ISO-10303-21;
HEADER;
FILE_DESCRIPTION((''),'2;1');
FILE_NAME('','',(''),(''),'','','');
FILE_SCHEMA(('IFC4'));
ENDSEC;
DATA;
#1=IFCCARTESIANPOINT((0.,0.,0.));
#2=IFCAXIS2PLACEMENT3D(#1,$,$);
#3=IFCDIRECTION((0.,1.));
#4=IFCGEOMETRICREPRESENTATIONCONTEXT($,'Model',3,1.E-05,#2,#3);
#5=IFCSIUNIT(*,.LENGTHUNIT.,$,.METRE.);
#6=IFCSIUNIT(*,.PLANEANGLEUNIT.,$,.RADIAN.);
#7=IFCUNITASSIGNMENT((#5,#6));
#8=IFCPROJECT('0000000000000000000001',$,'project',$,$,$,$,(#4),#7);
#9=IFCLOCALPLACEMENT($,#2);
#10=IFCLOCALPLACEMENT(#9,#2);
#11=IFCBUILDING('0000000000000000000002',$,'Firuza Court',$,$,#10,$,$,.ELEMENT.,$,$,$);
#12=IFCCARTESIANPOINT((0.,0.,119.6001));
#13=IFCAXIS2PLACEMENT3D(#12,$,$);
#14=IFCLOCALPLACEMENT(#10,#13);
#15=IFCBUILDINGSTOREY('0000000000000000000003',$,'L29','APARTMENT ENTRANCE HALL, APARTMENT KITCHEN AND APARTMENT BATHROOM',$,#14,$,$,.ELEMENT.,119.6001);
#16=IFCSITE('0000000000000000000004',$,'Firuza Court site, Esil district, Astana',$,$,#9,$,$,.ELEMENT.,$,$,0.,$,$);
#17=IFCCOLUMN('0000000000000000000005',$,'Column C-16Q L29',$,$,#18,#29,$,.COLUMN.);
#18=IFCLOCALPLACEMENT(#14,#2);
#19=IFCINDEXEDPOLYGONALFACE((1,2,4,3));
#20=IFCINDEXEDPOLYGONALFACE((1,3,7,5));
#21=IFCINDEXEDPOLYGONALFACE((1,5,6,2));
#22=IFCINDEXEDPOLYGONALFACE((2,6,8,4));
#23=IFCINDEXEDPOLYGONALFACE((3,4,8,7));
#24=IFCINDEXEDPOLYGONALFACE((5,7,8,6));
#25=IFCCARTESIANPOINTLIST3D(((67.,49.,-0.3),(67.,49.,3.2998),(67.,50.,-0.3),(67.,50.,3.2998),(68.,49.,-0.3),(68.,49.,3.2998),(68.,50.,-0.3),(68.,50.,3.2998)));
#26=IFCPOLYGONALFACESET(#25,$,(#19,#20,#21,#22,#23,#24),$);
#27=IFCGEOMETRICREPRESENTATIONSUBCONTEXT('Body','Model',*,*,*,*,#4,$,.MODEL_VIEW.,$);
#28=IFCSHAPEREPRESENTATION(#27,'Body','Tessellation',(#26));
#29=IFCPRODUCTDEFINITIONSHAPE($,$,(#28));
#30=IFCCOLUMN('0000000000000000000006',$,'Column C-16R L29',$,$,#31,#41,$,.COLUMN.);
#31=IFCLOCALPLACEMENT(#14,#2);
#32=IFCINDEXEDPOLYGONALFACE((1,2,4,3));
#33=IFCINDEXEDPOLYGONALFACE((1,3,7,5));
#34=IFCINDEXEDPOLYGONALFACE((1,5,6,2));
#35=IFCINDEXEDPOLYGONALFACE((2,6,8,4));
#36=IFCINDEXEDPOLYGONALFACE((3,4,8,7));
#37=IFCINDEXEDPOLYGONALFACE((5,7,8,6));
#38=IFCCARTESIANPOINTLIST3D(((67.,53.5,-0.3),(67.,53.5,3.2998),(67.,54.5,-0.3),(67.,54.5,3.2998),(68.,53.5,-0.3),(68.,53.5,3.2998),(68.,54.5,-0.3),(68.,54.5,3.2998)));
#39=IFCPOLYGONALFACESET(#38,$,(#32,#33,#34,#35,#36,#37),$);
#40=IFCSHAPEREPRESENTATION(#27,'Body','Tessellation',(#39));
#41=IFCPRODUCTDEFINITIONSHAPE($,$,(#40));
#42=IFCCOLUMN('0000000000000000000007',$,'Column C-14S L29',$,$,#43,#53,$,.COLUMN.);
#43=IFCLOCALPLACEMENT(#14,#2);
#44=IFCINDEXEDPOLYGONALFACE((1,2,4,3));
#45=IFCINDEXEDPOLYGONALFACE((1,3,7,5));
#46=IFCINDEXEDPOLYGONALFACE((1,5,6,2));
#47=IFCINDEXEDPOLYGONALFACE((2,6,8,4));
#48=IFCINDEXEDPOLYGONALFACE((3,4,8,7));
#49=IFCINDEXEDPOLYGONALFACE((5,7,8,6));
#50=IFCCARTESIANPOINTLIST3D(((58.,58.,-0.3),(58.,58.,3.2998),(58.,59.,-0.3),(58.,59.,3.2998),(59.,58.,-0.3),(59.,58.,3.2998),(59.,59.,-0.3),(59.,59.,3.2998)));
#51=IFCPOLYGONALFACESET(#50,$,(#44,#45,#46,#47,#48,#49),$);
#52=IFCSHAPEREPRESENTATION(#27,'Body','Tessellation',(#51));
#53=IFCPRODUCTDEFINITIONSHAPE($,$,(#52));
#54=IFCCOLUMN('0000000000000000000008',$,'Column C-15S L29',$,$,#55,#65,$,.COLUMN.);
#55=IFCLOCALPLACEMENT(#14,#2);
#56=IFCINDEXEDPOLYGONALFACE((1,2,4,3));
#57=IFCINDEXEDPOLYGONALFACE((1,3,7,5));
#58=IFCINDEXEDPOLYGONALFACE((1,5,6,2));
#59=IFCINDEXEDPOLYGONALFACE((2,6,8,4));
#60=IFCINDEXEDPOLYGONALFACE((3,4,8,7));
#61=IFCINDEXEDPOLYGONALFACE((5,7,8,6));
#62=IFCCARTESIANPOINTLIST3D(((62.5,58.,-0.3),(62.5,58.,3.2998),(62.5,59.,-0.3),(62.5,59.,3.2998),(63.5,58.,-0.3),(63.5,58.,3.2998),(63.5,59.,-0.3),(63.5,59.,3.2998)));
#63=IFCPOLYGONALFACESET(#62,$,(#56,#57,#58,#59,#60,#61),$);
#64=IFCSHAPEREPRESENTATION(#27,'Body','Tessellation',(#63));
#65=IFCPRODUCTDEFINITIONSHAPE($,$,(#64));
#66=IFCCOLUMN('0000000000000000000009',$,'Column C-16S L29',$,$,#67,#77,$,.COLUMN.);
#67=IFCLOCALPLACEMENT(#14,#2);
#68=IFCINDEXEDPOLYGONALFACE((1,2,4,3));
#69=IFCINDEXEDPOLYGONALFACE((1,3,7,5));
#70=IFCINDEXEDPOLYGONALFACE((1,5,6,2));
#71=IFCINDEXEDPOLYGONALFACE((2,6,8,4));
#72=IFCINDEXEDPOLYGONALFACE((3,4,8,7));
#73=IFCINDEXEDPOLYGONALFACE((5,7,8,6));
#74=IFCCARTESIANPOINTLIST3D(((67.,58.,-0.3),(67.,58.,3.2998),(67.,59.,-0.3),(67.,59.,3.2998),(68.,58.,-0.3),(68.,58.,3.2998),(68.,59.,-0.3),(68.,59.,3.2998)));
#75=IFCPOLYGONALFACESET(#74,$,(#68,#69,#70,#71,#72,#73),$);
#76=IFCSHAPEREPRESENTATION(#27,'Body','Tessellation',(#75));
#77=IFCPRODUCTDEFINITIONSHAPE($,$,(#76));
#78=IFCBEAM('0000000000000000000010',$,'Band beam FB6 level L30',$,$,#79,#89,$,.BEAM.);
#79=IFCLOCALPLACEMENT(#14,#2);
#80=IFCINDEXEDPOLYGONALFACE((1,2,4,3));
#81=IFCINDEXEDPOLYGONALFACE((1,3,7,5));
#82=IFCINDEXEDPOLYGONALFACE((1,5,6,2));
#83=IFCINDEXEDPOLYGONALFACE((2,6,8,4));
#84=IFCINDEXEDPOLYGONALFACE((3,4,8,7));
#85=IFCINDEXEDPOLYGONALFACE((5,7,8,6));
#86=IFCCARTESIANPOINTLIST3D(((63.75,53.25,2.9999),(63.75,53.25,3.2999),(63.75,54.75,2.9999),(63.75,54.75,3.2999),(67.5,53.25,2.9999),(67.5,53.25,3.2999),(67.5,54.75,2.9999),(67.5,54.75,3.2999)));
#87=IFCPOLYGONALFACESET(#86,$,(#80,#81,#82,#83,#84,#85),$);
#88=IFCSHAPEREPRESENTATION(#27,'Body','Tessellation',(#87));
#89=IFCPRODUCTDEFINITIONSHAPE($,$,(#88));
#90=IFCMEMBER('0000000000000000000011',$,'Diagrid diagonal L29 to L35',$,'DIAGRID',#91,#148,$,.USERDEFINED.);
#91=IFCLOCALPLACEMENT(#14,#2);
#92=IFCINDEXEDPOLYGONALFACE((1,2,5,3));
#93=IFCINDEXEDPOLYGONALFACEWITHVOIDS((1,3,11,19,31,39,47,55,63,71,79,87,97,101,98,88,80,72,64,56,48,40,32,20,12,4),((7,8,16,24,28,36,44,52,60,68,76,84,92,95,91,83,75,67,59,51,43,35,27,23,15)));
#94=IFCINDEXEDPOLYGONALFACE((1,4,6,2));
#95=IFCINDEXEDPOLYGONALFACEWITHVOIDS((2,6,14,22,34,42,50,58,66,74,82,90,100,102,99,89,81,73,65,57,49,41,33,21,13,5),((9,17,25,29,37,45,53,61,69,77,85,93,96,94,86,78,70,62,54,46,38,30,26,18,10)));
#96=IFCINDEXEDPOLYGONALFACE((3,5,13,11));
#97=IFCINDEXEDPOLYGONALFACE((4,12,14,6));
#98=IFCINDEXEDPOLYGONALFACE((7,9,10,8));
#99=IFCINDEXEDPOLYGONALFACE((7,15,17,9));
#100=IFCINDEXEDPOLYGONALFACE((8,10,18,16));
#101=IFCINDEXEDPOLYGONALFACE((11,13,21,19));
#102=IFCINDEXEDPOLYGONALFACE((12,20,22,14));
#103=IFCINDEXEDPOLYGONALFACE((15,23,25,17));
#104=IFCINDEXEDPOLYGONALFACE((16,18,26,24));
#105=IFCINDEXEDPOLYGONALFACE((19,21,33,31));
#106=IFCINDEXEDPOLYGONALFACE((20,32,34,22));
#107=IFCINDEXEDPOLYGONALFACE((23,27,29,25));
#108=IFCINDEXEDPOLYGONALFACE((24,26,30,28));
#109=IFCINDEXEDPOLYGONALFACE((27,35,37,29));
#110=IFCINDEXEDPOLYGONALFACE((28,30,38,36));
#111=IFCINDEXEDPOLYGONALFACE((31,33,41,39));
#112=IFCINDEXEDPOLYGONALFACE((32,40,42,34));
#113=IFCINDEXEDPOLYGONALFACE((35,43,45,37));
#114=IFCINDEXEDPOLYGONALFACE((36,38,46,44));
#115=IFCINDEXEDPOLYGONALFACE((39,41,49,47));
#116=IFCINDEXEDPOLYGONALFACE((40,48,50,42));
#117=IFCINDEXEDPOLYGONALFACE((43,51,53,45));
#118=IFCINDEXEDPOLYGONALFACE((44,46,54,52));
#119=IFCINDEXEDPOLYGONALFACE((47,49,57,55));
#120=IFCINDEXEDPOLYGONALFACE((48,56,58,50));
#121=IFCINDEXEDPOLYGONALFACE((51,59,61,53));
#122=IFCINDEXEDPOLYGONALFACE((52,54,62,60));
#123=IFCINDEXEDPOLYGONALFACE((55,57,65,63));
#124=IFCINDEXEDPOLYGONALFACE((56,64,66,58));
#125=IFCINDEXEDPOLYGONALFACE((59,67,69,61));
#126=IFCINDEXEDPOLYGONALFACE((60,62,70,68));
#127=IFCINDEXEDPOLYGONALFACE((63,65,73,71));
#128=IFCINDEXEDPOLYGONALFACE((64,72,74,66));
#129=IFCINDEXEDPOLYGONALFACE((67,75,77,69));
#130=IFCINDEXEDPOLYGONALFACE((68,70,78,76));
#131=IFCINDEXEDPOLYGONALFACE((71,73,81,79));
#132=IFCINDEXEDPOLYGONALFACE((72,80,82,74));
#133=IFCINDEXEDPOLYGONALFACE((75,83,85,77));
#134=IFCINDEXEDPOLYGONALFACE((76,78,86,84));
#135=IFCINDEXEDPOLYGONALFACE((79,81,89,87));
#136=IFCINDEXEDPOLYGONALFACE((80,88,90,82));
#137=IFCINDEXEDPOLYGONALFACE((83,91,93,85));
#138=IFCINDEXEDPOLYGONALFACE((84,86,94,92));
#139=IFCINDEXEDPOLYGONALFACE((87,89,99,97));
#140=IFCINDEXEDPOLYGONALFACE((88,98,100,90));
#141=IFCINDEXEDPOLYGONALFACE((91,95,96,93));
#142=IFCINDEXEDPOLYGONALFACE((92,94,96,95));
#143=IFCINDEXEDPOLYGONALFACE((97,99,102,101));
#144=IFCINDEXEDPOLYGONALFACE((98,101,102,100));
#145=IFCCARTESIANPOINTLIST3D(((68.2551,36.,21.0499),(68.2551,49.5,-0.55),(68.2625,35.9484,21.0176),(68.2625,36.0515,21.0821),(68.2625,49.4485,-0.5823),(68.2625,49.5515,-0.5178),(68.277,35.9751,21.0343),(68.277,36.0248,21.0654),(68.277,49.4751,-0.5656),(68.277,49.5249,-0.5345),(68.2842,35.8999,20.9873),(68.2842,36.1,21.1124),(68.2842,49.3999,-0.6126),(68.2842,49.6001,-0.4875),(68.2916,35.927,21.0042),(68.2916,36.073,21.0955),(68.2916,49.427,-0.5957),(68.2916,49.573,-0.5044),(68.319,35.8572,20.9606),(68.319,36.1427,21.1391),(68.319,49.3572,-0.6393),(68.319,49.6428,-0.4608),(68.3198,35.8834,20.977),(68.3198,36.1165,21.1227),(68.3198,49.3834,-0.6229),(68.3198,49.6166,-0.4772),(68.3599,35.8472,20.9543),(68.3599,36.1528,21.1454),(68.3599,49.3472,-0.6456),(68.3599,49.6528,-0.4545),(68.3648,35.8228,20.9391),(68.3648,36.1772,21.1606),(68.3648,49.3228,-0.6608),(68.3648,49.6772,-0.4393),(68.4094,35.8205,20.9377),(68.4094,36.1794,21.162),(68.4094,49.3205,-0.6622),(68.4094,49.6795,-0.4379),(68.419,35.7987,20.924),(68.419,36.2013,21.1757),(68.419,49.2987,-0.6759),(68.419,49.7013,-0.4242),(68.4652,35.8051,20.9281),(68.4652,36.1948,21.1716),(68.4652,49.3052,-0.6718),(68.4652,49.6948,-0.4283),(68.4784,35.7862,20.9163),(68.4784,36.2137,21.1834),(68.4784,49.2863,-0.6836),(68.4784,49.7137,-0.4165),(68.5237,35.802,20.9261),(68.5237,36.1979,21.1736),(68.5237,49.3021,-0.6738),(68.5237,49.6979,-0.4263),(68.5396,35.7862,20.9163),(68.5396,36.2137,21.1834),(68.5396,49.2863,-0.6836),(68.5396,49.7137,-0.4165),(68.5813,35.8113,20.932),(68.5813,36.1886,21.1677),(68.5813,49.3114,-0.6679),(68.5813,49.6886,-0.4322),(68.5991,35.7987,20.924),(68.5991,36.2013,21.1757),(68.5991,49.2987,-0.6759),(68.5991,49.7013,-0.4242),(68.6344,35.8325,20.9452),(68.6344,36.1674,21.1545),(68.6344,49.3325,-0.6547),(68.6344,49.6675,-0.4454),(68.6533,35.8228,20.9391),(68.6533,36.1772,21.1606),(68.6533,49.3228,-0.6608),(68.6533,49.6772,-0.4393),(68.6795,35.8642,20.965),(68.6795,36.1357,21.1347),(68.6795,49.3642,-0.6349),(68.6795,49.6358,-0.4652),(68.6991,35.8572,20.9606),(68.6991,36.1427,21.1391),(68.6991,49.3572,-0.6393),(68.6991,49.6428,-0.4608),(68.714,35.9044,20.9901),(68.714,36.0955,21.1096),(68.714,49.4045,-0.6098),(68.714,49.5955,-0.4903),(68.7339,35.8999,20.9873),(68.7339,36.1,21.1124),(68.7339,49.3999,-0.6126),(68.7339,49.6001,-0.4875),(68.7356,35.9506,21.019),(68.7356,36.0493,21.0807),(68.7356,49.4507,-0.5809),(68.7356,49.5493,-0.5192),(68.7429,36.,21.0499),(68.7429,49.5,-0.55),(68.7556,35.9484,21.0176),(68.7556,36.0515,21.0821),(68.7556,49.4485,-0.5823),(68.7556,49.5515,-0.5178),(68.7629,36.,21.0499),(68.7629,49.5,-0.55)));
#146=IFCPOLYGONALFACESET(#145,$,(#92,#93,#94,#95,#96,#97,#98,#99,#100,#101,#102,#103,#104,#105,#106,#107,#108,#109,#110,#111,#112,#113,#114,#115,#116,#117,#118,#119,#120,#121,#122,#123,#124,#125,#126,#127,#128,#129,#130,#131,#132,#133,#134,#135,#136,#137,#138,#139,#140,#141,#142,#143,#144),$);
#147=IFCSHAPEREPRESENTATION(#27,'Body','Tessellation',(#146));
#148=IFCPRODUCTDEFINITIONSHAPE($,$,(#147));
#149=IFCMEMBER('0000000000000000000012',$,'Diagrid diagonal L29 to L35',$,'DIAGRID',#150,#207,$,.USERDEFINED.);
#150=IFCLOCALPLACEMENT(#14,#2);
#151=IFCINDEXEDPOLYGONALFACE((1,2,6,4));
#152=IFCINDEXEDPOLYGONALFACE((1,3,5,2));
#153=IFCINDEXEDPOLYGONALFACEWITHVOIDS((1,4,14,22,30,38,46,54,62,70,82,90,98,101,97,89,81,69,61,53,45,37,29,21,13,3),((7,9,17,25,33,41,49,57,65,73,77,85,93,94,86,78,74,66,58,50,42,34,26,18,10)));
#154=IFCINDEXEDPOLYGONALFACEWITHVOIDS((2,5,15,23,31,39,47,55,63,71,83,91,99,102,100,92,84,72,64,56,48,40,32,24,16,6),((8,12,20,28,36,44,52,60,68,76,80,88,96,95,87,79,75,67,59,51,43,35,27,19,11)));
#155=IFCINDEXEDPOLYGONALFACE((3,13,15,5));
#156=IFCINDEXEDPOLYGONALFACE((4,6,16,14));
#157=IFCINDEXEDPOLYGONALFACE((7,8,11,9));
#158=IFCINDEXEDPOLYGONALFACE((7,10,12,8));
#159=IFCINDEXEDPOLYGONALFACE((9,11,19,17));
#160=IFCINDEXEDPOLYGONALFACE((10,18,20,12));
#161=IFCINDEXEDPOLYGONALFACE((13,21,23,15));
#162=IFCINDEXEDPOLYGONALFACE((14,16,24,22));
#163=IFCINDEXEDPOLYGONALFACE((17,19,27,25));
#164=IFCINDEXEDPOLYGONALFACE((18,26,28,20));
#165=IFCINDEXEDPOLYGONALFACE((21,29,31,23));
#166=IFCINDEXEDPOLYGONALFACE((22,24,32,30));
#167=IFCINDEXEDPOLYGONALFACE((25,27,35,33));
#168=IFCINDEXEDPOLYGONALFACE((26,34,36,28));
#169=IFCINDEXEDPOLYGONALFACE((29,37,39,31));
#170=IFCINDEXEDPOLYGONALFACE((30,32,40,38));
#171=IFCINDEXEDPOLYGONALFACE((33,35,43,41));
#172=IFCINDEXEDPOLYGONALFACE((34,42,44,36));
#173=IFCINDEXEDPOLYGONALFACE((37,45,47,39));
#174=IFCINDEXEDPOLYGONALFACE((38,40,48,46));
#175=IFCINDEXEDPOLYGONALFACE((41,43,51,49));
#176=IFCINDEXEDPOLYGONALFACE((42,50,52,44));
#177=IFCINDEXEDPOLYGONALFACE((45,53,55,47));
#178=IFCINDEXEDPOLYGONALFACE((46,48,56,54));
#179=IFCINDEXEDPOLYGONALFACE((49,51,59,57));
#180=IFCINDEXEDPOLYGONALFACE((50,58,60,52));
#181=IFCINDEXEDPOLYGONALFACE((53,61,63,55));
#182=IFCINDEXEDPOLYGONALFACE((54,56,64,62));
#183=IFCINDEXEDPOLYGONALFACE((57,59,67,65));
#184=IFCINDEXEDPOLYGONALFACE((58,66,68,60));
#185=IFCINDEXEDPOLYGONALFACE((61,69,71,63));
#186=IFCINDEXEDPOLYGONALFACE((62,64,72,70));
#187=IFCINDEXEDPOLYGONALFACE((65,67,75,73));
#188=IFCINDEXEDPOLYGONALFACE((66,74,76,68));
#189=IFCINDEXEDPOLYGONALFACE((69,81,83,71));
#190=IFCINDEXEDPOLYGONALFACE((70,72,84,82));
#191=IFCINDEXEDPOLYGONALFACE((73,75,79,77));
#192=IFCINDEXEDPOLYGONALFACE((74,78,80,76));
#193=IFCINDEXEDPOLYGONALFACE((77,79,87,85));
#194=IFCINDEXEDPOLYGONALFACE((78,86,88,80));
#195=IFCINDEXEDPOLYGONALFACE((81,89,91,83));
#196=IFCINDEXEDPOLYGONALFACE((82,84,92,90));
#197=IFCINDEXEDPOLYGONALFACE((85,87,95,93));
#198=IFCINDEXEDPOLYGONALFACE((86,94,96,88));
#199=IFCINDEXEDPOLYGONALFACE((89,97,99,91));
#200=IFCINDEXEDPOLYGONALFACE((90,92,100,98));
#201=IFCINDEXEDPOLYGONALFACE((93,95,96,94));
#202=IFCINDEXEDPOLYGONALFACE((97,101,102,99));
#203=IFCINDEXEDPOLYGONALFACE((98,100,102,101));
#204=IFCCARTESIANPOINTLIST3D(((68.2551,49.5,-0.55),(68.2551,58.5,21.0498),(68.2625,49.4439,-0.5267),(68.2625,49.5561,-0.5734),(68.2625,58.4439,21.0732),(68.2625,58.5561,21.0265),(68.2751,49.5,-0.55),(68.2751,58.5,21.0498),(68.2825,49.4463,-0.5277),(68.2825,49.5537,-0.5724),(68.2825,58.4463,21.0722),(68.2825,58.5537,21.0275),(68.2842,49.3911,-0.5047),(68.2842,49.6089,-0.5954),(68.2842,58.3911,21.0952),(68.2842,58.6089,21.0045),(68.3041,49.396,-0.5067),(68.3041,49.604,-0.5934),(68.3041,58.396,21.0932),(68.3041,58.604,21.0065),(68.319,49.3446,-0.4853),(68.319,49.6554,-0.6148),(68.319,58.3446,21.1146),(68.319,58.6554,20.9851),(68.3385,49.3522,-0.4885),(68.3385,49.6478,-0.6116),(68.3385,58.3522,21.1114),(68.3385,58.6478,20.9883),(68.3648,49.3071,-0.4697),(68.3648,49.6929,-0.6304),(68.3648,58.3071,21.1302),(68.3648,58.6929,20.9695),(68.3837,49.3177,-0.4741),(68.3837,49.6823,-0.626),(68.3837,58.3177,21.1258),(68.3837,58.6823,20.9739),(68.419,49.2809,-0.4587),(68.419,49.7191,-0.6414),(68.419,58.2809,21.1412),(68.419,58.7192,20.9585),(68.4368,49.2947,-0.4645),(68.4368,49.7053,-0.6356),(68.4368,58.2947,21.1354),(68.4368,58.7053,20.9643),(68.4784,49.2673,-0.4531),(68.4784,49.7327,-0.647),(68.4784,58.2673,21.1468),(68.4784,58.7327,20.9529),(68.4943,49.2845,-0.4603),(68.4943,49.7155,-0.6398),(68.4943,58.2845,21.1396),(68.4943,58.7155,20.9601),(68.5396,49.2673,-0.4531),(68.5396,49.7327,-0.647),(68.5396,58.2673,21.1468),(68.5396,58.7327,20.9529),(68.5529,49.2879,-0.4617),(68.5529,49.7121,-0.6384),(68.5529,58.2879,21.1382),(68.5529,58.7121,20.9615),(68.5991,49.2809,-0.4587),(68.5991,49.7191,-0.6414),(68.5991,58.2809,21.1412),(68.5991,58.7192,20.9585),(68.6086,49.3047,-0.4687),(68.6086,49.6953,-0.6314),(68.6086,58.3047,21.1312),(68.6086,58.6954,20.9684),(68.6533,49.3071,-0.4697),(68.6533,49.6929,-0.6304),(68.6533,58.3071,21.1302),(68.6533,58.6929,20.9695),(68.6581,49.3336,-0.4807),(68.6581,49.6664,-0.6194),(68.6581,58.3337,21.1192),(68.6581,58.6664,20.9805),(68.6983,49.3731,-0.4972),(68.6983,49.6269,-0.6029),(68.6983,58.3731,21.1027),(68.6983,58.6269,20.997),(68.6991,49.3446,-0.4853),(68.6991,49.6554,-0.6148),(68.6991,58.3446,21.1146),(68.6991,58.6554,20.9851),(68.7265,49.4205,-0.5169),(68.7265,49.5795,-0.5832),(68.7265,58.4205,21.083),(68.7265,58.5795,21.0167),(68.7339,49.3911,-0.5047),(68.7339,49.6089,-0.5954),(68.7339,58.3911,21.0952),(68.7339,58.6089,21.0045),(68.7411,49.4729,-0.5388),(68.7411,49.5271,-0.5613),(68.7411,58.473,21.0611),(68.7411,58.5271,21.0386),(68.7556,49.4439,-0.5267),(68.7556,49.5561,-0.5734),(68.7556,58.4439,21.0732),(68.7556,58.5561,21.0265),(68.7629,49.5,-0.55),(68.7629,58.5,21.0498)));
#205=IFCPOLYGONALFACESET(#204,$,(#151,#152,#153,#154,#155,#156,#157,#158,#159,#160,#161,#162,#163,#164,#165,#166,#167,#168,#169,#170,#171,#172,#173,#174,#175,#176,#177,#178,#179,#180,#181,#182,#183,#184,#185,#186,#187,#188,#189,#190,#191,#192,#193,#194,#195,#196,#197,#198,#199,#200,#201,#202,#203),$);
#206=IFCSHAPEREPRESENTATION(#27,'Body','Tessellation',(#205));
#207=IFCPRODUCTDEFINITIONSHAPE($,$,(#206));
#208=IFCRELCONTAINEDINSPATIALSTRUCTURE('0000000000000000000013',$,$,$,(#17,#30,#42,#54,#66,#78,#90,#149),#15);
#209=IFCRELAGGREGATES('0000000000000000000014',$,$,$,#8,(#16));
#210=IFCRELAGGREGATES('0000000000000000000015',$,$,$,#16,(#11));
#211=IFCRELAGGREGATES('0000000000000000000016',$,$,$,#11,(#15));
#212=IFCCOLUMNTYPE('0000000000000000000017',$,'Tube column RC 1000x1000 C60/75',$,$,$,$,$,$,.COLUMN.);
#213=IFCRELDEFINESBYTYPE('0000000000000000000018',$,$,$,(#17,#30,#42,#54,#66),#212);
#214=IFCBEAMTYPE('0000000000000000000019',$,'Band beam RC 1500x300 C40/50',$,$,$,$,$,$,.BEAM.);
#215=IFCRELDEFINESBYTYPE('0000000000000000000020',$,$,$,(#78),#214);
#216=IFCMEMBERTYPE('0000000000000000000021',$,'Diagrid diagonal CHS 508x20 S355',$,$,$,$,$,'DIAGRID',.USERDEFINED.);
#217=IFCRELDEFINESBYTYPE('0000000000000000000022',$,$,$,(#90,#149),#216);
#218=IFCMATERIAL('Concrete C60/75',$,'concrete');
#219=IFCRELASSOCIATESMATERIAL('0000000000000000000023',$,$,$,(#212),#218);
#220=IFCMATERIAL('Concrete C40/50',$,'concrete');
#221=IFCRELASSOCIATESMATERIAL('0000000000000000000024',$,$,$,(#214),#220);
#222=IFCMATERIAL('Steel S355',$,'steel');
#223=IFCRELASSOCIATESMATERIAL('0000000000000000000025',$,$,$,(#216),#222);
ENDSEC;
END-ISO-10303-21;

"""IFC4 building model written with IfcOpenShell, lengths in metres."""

from ifc_helpers import new_model, si_unit, direction, frame, origin, origin_2d, place, context, subcontext, project, spatial, rectangle, hollow_circle, extrude, material, material_profile, profile_set, type_object, element, save


model = new_model("IFC4")

# Units and contexts
model_context = context("Model", 3, precision=1e-05, world=origin(), true_north=direction((0.0, 1.0)))
body_context = subcontext(model_context, "Body", "Model", "MODEL_VIEW")
ifc_project = project(units=[si_unit("LENGTHUNIT", "METRE"), si_unit("PLANEANGLEUNIT", "RADIAN")], contexts=[model_context])

# Site, building, storey
site_placement = place(None, origin())
site = spatial("IfcSite", under=ifc_project, at=site_placement, Name="Firuza Court site, Esil district, Astana", CompositionType="ELEMENT", RefElevation=0.0)
building_placement = place(site_placement, origin())
building = spatial("IfcBuilding", under=site, at=building_placement, Name="Firuza Court", CompositionType="ELEMENT")
storey_placement = place(building_placement, frame((0.0, 0.0, 119.6001)))
storey = spatial("IfcBuildingStorey", under=building, at=storey_placement, Name="L29", Description="APARTMENT ENTRANCE HALL, APARTMENT KITCHEN AND APARTMENT BATHROOM", CompositionType="ELEMENT", Elevation=119.6001)

# Columns
ifc_material_1 = material(Name="Concrete C60/75", Category="concrete")
ifc_material_profile_1 = material_profile(ifc_material_1, rectangle(XDim=1.0, YDim=1.0, at=origin_2d()), Name="RC 1000x1000")
ifc_profile_set_1 = profile_set([ifc_material_profile_1], Name="Concrete C60/75")
column_type = type_object("IfcColumnType", Name="Tube column RC 1000x1000 C60/75", PredefinedType="COLUMN", material=ifc_profile_set_1)
for number, where, z_axis, x_axis, name in (
    (1, (67.5, 49.5, -0.3), (0.0, 0.0, 1.0), (1.0, 0.0, 0.0), "Column C-16Q L29"),
    (2, (67.5, 54.0, -0.3), (0.0, 0.0, 1.0), (1.0, 0.0, 0.0), "Column C-16R L29"),
    (3, (58.5, 58.5, -0.3), (0.0, 0.0, 1.0), (1.0, 0.0, 0.0), "Column C-14S L29"),
    (4, (63.0, 58.5, -0.3), (0.0, 0.0, 1.0), (1.0, 0.0, 0.0), "Column C-15S L29"),
    (5, (67.5, 58.5, -0.3), (0.0, 0.0, 1.0), (1.0, 0.0, 0.0), "Column C-16S L29"),
):
    element("IfcColumn", number, at=place(storey_placement, frame(where, z_axis=z_axis, x_axis=x_axis)), inside=storey, type_object=column_type, Name=name, PredefinedType="COLUMN", context=body_context, shape_type="SweptSolid", body=[
        extrude(rectangle(XDim=1.0, YDim=1.0, at=origin_2d()), origin(), (0.0, 0.0, 1.0), 3.5999),
    ])

# Beam
ifc_material_2 = material(Name="Concrete C40/50", Category="concrete")
ifc_material_profile_2 = material_profile(ifc_material_2, rectangle(XDim=1.5, YDim=0.3, at=origin_2d()), Name="RC 1500x300")
ifc_profile_set_2 = profile_set([ifc_material_profile_2], Name="Concrete C40/50")
beam_type_1 = type_object("IfcBeamType", Name="Band beam RC 1500x300 C40/50", PredefinedType="BEAM", material=ifc_profile_set_2)
beam_placement = place(storey_placement, frame((67.5, 54.0, 3.1499), z_axis=(-1.0, 0.0, 0.0), x_axis=(0.0, -1.0, 0.0)))
element("IfcBeam", 6, at=beam_placement, inside=storey, type_object=beam_type_1, Name="Band beam FB6 level L30", PredefinedType="BEAM", context=body_context, shape_type="SweptSolid", body=[
    extrude(rectangle(XDim=1.5, YDim=0.3, at=origin_2d()), origin(), (0.0, 0.0, 1.0), 3.75),
])

# Members
ifc_material_3 = material(Name="Steel S355", Category="steel")
ifc_material_profile_3 = material_profile(ifc_material_3, hollow_circle(Radius=0.2539, WallThickness=0.02, at=origin_2d()), Name="CHS 508x20")
ifc_profile_set_3 = profile_set([ifc_material_profile_3], Name="Steel S355")
member_type = type_object("IfcMemberType", Name="Diagrid diagonal CHS 508x20 S355", ElementType="DIAGRID", PredefinedType="USERDEFINED", material=ifc_profile_set_3)
member_1_placement = place(storey_placement, frame((68.509, 49.5, -0.55), z_axis=(0.0, -0.530002, 0.847997), x_axis=(1.0, 0.0, 0.0)))
element("IfcMember", 7, at=member_1_placement, inside=storey, type_object=member_type, Name="Diagrid diagonal L29 to L35", ObjectType="DIAGRID", PredefinedType="USERDEFINED", context=body_context, shape_type="SweptSolid", body=[
    extrude(hollow_circle(Radius=0.2539, WallThickness=0.02, at=origin_2d()), origin(), (0.0, 0.0, 1.0), 25.4717),
])
member_2_placement = place(storey_placement, frame((68.509, 49.5, -0.55), z_axis=(0.0, 0.384618, 0.923076), x_axis=(-1.0, 0.0, 0.0)))
element("IfcMember", 8, at=member_2_placement, inside=storey, type_object=member_type, Name="Diagrid diagonal L29 to L35", ObjectType="DIAGRID", PredefinedType="USERDEFINED", context=body_context, shape_type="SweptSolid", body=[
    extrude(hollow_circle(Radius=0.2539, WallThickness=0.02, at=origin_2d()), origin(), (0.0, 0.0, 1.0), 23.3999),
])

save(model, "model.ifc")
